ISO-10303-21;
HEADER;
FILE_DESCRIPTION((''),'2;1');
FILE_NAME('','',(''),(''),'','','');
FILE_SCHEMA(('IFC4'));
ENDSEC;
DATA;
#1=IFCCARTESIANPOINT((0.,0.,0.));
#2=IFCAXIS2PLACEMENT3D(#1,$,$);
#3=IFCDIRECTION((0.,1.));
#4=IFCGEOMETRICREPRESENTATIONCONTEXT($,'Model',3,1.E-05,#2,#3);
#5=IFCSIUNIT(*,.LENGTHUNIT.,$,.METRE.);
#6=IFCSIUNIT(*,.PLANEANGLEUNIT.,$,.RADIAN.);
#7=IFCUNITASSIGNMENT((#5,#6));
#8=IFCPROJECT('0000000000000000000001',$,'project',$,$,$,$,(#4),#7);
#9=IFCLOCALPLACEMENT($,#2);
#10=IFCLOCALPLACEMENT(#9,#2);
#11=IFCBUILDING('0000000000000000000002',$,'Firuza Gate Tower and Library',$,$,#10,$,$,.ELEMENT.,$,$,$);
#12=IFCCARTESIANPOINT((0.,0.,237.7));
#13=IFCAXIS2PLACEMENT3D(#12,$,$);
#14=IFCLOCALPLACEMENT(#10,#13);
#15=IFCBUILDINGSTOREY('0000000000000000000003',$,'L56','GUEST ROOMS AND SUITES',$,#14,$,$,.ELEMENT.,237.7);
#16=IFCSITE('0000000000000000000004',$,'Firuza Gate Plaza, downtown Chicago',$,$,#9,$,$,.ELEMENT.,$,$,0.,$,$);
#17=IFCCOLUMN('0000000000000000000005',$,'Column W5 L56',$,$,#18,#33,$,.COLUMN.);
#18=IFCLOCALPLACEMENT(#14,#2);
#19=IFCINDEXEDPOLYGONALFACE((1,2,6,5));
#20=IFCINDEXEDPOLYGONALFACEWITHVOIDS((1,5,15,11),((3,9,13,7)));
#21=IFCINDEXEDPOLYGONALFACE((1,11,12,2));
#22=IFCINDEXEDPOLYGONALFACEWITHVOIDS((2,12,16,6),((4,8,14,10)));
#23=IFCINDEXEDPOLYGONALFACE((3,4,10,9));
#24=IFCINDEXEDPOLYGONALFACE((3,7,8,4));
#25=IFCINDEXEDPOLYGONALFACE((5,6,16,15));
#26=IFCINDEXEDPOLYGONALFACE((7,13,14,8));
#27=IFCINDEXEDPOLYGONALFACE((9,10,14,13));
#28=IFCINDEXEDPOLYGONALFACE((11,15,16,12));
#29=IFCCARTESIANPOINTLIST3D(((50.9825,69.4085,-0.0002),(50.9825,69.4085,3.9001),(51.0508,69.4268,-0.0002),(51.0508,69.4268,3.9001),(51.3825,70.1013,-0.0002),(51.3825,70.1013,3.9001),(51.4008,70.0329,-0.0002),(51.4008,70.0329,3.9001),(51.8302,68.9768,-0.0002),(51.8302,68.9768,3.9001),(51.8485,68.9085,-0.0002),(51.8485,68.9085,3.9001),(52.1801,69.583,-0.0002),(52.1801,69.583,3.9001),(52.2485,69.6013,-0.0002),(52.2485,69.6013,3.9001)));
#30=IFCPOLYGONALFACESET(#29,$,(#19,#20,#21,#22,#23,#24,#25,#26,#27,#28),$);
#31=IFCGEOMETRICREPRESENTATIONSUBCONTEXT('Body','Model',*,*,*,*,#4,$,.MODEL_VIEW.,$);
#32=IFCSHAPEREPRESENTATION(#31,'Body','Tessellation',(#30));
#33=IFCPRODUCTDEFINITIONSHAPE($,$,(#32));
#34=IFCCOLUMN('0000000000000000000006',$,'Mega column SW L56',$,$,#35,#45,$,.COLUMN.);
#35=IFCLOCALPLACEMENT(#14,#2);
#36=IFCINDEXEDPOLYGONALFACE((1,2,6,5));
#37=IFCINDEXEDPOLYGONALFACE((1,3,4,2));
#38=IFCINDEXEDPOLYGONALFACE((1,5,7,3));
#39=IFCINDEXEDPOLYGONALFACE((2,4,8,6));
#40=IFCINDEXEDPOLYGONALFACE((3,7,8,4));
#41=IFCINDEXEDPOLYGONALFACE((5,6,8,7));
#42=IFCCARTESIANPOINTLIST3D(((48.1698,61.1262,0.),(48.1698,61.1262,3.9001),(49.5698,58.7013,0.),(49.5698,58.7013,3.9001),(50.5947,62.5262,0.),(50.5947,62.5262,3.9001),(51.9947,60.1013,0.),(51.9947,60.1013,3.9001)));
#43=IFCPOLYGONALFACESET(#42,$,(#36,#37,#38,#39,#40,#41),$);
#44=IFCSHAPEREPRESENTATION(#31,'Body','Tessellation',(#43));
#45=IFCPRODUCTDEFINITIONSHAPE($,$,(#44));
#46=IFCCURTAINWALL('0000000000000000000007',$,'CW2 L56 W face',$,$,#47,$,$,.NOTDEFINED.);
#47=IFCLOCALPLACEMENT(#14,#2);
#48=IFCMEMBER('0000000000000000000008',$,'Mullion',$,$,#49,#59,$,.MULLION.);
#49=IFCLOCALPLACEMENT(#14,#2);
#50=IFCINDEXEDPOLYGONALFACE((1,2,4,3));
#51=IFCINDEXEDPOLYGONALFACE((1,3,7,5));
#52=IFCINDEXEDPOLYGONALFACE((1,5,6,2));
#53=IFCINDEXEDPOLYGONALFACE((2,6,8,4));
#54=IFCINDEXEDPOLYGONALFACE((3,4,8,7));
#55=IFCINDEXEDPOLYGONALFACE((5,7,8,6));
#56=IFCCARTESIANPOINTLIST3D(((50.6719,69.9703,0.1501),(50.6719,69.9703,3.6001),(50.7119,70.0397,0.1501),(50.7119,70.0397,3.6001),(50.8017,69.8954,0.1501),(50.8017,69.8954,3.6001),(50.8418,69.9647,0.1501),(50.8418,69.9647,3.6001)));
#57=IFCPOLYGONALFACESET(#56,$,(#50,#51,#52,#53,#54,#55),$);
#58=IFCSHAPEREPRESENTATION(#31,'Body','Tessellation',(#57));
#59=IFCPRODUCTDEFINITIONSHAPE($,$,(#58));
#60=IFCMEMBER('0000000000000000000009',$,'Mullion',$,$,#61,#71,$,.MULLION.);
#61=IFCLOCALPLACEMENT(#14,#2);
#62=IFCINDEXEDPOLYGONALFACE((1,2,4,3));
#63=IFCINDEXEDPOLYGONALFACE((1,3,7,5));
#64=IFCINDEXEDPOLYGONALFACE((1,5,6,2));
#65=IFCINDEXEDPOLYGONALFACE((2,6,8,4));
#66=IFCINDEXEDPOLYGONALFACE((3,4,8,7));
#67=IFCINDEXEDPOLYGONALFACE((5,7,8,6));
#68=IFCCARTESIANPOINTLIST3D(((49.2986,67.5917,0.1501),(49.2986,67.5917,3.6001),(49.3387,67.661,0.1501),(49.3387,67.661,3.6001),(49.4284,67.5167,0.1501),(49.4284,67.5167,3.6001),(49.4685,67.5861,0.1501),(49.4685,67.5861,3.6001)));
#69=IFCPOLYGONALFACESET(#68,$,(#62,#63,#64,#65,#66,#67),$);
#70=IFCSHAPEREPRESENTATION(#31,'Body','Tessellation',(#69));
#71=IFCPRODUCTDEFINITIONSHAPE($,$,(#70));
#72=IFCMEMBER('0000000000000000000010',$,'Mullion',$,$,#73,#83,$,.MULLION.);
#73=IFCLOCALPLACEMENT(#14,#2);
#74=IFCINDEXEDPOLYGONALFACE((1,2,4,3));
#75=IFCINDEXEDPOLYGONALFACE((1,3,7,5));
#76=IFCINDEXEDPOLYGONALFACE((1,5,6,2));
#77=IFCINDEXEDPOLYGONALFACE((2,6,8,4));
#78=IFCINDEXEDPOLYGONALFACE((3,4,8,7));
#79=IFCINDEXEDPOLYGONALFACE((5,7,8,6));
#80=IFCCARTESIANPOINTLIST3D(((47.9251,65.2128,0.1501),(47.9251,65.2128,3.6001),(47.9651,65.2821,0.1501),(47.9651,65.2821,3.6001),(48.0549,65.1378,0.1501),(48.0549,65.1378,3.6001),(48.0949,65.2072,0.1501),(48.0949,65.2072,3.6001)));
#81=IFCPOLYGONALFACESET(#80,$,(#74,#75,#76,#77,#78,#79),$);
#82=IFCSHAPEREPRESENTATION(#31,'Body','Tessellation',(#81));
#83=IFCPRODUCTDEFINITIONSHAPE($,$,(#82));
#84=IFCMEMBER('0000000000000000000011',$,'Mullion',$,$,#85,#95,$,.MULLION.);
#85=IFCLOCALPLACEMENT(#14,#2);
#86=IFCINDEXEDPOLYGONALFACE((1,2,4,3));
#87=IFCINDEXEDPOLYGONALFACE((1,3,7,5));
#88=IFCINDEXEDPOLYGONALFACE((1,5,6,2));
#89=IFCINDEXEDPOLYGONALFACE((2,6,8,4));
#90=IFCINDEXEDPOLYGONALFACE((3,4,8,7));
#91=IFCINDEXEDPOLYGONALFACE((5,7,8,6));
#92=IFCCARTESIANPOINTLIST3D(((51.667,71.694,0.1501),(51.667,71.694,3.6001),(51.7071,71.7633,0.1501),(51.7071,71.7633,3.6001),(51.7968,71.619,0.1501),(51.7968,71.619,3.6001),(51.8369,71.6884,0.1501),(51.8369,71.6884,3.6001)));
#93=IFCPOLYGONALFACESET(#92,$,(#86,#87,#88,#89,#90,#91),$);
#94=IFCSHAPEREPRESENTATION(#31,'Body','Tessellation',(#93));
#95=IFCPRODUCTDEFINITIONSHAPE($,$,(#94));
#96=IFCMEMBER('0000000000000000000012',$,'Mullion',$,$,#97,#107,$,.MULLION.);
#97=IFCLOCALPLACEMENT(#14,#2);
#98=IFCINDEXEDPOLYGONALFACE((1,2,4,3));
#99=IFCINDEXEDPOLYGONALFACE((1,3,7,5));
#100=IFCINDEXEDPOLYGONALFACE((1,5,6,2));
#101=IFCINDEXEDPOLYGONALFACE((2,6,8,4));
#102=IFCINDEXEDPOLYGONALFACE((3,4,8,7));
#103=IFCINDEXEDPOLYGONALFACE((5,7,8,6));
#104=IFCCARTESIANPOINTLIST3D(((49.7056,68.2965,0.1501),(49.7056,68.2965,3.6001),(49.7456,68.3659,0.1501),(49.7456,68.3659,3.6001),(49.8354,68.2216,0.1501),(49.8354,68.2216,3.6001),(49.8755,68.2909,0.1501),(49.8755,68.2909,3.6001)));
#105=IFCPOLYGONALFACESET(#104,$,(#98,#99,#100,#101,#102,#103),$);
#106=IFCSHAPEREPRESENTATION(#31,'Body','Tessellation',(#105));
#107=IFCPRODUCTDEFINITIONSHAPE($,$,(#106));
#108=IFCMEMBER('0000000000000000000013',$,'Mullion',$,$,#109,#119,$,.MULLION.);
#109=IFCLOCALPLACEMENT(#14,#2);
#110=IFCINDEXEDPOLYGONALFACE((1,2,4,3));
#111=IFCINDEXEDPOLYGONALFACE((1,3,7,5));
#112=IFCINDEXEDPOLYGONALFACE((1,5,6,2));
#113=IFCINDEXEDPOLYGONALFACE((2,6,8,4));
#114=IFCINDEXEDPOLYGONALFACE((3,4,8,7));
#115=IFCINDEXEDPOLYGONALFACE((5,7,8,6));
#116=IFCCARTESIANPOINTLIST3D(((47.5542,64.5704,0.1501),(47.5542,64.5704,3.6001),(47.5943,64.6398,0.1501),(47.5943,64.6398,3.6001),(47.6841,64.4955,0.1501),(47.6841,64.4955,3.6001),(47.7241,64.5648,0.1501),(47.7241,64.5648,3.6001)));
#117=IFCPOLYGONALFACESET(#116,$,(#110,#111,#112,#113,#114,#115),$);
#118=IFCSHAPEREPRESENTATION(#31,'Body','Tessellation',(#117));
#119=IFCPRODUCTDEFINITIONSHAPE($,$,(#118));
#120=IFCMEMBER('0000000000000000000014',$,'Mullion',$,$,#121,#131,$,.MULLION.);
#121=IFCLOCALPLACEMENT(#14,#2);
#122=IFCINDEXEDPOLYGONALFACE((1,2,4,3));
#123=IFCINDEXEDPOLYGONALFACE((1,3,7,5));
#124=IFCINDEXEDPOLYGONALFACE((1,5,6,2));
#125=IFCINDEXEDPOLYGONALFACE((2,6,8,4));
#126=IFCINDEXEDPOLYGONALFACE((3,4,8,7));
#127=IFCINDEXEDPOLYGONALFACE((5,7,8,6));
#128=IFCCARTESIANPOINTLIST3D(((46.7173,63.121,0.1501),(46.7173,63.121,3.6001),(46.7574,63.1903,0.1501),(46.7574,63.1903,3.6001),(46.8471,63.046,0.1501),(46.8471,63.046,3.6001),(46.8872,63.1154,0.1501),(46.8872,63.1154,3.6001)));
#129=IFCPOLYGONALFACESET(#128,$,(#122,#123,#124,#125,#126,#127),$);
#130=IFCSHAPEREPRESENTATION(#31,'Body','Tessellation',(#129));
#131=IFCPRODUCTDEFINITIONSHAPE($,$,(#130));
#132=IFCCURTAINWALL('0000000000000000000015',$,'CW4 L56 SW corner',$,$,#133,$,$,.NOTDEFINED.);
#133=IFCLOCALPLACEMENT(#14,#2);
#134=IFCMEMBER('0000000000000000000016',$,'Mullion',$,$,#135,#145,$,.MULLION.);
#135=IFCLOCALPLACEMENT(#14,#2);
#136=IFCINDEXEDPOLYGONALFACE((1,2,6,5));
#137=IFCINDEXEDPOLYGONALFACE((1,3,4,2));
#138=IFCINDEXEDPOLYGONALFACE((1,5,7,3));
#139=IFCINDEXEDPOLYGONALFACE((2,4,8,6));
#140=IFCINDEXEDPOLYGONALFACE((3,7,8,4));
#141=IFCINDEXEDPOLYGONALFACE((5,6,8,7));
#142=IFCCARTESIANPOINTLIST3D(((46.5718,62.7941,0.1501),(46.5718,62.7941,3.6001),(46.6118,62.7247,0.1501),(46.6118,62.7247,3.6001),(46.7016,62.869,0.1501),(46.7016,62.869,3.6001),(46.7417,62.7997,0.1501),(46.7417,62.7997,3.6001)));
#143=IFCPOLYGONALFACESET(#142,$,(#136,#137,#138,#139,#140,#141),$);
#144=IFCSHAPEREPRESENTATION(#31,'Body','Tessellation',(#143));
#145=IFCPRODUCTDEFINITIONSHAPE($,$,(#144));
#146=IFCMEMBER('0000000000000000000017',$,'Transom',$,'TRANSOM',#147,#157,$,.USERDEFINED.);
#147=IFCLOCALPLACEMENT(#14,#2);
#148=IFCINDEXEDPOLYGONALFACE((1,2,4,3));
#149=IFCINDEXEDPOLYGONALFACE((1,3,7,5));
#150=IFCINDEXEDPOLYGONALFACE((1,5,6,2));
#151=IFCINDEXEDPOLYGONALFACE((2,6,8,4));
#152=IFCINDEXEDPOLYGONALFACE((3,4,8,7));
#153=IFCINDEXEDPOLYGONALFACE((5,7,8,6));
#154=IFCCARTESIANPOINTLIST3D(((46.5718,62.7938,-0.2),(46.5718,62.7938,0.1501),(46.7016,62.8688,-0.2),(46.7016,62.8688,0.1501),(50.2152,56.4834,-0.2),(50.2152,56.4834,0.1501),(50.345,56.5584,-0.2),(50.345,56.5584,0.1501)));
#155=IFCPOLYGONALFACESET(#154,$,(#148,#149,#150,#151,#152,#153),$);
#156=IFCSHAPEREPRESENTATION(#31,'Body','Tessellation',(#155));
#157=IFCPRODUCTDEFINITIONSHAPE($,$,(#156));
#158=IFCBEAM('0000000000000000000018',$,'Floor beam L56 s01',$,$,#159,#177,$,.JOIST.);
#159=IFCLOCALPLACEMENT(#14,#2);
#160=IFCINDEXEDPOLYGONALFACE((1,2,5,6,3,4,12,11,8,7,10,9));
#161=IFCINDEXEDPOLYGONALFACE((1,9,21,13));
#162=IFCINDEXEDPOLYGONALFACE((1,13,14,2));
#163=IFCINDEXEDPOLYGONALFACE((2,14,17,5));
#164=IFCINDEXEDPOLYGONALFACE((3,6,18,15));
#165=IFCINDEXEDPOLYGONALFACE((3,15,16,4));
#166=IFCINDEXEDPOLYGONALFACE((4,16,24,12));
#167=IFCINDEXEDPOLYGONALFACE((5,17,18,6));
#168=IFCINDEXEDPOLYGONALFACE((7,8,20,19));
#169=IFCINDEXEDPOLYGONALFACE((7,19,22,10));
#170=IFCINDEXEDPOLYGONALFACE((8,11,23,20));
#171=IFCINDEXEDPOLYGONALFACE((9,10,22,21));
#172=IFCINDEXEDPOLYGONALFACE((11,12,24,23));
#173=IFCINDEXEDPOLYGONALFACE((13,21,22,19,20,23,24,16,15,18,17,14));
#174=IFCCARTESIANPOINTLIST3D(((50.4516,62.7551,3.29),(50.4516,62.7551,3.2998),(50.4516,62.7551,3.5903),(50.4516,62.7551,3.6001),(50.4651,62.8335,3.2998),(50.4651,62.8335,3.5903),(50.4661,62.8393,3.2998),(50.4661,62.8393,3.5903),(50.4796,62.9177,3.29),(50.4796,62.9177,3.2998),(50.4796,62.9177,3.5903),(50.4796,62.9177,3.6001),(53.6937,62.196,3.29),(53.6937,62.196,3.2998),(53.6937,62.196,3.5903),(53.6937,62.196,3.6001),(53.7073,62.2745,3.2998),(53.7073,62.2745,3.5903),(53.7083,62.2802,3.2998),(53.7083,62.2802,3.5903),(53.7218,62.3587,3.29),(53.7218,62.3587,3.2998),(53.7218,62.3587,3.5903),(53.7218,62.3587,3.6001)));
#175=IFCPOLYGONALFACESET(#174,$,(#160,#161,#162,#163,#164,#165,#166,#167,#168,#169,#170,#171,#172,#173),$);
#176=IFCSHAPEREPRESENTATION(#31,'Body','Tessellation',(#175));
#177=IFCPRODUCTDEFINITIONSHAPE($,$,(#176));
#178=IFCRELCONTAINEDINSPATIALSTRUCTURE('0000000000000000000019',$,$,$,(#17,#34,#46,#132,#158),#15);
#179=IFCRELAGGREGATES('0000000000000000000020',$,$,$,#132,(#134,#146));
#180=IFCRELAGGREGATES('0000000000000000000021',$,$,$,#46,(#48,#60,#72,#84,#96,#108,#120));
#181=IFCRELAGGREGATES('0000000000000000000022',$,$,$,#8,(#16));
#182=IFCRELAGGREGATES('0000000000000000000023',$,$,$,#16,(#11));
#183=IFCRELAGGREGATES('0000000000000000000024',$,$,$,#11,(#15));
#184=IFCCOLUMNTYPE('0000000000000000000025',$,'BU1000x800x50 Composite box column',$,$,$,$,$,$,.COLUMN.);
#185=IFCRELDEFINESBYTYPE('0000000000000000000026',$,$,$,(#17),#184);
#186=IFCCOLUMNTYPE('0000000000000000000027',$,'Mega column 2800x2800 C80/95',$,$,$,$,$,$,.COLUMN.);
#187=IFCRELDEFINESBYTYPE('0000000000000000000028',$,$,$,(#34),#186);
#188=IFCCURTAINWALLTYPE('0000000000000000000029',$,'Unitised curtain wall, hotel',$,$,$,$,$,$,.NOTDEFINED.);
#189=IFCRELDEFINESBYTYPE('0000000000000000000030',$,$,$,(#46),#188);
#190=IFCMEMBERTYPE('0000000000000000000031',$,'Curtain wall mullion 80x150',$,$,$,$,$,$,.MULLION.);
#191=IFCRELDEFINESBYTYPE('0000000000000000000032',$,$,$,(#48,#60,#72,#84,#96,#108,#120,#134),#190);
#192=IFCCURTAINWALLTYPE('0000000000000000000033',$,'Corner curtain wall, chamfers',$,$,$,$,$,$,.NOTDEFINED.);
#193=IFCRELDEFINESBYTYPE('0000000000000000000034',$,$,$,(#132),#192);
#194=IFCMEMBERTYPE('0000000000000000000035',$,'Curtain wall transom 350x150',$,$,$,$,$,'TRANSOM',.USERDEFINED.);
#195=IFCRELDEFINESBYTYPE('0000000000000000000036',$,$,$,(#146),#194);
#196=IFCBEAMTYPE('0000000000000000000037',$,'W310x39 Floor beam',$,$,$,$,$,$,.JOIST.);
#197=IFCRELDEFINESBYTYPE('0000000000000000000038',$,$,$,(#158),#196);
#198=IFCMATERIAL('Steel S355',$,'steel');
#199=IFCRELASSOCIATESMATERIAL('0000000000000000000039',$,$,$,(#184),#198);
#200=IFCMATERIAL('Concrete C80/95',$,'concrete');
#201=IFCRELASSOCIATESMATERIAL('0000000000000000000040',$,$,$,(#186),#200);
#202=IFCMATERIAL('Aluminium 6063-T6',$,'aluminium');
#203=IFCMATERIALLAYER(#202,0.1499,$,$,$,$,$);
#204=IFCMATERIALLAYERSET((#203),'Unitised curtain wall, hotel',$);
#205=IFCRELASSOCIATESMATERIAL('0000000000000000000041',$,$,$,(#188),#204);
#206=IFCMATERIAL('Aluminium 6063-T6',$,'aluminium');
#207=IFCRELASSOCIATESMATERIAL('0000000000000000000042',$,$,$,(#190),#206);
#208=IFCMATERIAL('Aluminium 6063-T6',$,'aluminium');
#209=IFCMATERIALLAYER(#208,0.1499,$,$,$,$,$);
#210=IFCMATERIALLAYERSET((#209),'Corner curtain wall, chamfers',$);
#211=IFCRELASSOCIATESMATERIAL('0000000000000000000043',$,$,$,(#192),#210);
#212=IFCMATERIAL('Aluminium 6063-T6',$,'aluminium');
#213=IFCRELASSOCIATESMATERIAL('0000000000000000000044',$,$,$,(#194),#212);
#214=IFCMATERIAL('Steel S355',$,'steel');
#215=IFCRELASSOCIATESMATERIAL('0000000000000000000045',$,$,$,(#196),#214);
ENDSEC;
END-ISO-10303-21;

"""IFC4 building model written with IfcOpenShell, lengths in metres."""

from ifc_helpers import new_model, si_unit, direction, frame, origin, origin_2d, place, context, subcontext, project, spatial, rectangle, hollow_rectangle, i_section, extrude, material, layer, layer_set, material_profile, profile_set, type_object, element, aggregate, save


model = new_model("IFC4")

# Units and contexts
model_context = context("Model", 3, precision=1e-05, world=origin(), true_north=direction((0.0, 1.0)))
body_context = subcontext(model_context, "Body", "Model", "MODEL_VIEW")
ifc_project = project(units=[si_unit("LENGTHUNIT", "METRE"), si_unit("PLANEANGLEUNIT", "RADIAN")], contexts=[model_context])

# Site, building, storey
site_placement = place(None, origin())
site = spatial("IfcSite", under=ifc_project, at=site_placement, Name="Firuza Gate Plaza, downtown Chicago", CompositionType="ELEMENT", RefElevation=0.0)
building_placement = place(site_placement, origin())
building = spatial("IfcBuilding", under=site, at=building_placement, Name="Firuza Gate Tower and Library", CompositionType="ELEMENT")
storey_placement = place(building_placement, frame((0.0, 0.0, 237.7)))
storey = spatial("IfcBuildingStorey", under=building, at=storey_placement, Name="L56", Description="GUEST ROOMS AND SUITES", CompositionType="ELEMENT", Elevation=237.7)

# Columns
ifc_material_1 = material(Name="Steel S355", Category="steel")
ifc_material_profile_1 = material_profile(ifc_material_1, hollow_rectangle(XDim=0.8, YDim=1.0, WallThickness=0.05, at=origin_2d()))
ifc_profile_set_1 = profile_set([ifc_material_profile_1], Name="Steel S355")
column_type_1 = type_object("IfcColumnType", Name="BU1000x800x50 Composite box column", PredefinedType="COLUMN", material=ifc_profile_set_1)
column_1_placement = place(storey_placement, frame((51.6155, 69.5049, -0.0002), z_axis=(0.0, 0.0, 1.0), x_axis=(-0.5, -0.866025, 0.0)))
element("IfcColumn", 1, at=column_1_placement, inside=storey, type_object=column_type_1, Name="Column W5 L56", PredefinedType="COLUMN", context=body_context, shape_type="SweptSolid", body=[
    extrude(hollow_rectangle(XDim=0.8, YDim=1.0, WallThickness=0.05, at=origin_2d()), origin(), (0.0, 0.0, 1.0), 3.9004),
])
ifc_material_2 = material(Name="Concrete C80/95", Category="concrete")
ifc_material_profile_2 = material_profile(ifc_material_2, rectangle(XDim=2.8, YDim=2.8, at=origin_2d()))
ifc_profile_set_2 = profile_set([ifc_material_profile_2], Name="Concrete C80/95")
column_type_2 = type_object("IfcColumnType", Name="Mega column 2800x2800 C80/95", PredefinedType="COLUMN", material=ifc_profile_set_2)
column_2_placement = place(storey_placement, frame((50.0823, 60.6138, 0.0), z_axis=(0.0, 0.0, 1.0), x_axis=(0.5, -0.866025, 0.0)))
element("IfcColumn", 2, at=column_2_placement, inside=storey, type_object=column_type_2, Name="Mega column SW L56", PredefinedType="COLUMN", context=body_context, shape_type="SweptSolid", body=[
    extrude(rectangle(XDim=2.8, YDim=2.8, at=origin_2d()), origin(), (0.0, 0.0, 1.0), 3.9001),
])

# Curtain walls, members
ifc_material_3 = material(Name="Aluminium 6063-T6", Category="aluminium")
ifc_layer_1 = layer(ifc_material_3, 0.1499)
ifc_layer_set_1 = layer_set([ifc_layer_1], Name="Unitised curtain wall, hotel")
curtain_wall_type_1 = type_object("IfcCurtainWallType", Name="Unitised curtain wall, hotel", PredefinedType="NOTDEFINED", material=ifc_layer_set_1)
placement = place(storey_placement, origin())
curtain_wall_1 = element("IfcCurtainWall", 3, at=placement, inside=storey, type_object=curtain_wall_type_1, Name="CW2 L56 W face", PredefinedType="NOTDEFINED")
ifc_material_4 = material(Name="Aluminium 6063-T6", Category="aluminium")
ifc_material_profile_3 = material_profile(ifc_material_4, rectangle(XDim=0.1499, YDim=0.0801, at=origin_2d()))
ifc_profile_set_3 = profile_set([ifc_material_profile_3], Name="Aluminium 6063-T6")
member_type_1 = type_object("IfcMemberType", Name="Curtain wall mullion 80x150", PredefinedType="MULLION", material=ifc_profile_set_3)
member_1_placement = place(storey_placement, frame((50.7568, 69.9675, 0.1501), z_axis=(0.0, 0.0, 1.0), x_axis=(0.866025, -0.5, 0.0)))
member_1 = element("IfcMember", 4, at=member_1_placement, type_object=member_type_1, Name="Mullion", PredefinedType="MULLION", context=body_context, shape_type="SweptSolid", body=[
    extrude(rectangle(XDim=0.1499, YDim=0.0801, at=origin_2d()), origin(), (0.0, 0.0, 1.0), 3.45),
])
member_2_placement = place(storey_placement, frame((49.3835, 67.5889, 0.1501), z_axis=(0.0, 0.0, 1.0), x_axis=(0.866025, -0.5, 0.0)))
member_2 = element("IfcMember", 5, at=member_2_placement, type_object=member_type_1, Name="Mullion", PredefinedType="MULLION", context=body_context, shape_type="SweptSolid", body=[
    extrude(rectangle(XDim=0.1499, YDim=0.0801, at=origin_2d()), origin(), (0.0, 0.0, 1.0), 3.45),
])
member_3_placement = place(storey_placement, frame((48.01, 65.21, 0.1501), z_axis=(0.0, 0.0, 1.0), x_axis=(0.866025, -0.5, 0.0)))
member_3 = element("IfcMember", 6, at=member_3_placement, type_object=member_type_1, Name="Mullion", PredefinedType="MULLION", context=body_context, shape_type="SweptSolid", body=[
    extrude(rectangle(XDim=0.1499, YDim=0.0801, at=origin_2d()), origin(), (0.0, 0.0, 1.0), 3.45),
])
member_4_placement = place(storey_placement, frame((51.752, 71.6912, 0.1501), z_axis=(0.0, 0.0, 1.0), x_axis=(0.866025, -0.5, 0.0)))
member_4 = element("IfcMember", 7, at=member_4_placement, type_object=member_type_1, Name="Mullion", PredefinedType="MULLION", context=body_context, shape_type="SweptSolid", body=[
    extrude(rectangle(XDim=0.1499, YDim=0.0801, at=origin_2d()), origin(), (0.0, 0.0, 1.0), 3.45),
])
member_5_placement = place(storey_placement, frame((49.7905, 68.2937, 0.1501), z_axis=(0.0, 0.0, 1.0), x_axis=(0.866025, -0.5, 0.0)))
member_5 = element("IfcMember", 8, at=member_5_placement, type_object=member_type_1, Name="Mullion", PredefinedType="MULLION", context=body_context, shape_type="SweptSolid", body=[
    extrude(rectangle(XDim=0.1499, YDim=0.0801, at=origin_2d()), origin(), (0.0, 0.0, 1.0), 3.45),
])
member_6_placement = place(storey_placement, frame((47.6392, 64.5676, 0.1501), z_axis=(0.0, 0.0, 1.0), x_axis=(0.866025, -0.5, 0.0)))
member_6 = element("IfcMember", 9, at=member_6_placement, type_object=member_type_1, Name="Mullion", PredefinedType="MULLION", context=body_context, shape_type="SweptSolid", body=[
    extrude(rectangle(XDim=0.1499, YDim=0.0801, at=origin_2d()), origin(), (0.0, 0.0, 1.0), 3.45),
])
member_7_placement = place(storey_placement, frame((46.8022, 63.1182, 0.1501), z_axis=(0.0, 0.0, 1.0), x_axis=(0.866025, -0.5, 0.0)))
member_7 = element("IfcMember", 10, at=member_7_placement, type_object=member_type_1, Name="Mullion", PredefinedType="MULLION", context=body_context, shape_type="SweptSolid", body=[
    extrude(rectangle(XDim=0.1499, YDim=0.0801, at=origin_2d()), origin(), (0.0, 0.0, 1.0), 3.45),
])
ifc_material_5 = material(Name="Aluminium 6063-T6", Category="aluminium")
ifc_layer_2 = layer(ifc_material_5, 0.1499)
ifc_layer_set_2 = layer_set([ifc_layer_2], Name="Corner curtain wall, chamfers")
curtain_wall_type_2 = type_object("IfcCurtainWallType", Name="Corner curtain wall, chamfers", PredefinedType="NOTDEFINED", material=ifc_layer_set_2)
curtain_wall_2 = element("IfcCurtainWall", 11, at=placement, inside=storey, type_object=curtain_wall_type_2, Name="CW4 L56 SW corner", PredefinedType="NOTDEFINED")
member_8_placement = place(storey_placement, frame((46.6567, 62.7969, 0.1501), z_axis=(0.0, 0.0, 1.0), x_axis=(0.866025, 0.5, 0.0)))
member_8 = element("IfcMember", 12, at=member_8_placement, type_object=member_type_1, Name="Mullion", PredefinedType="MULLION", context=body_context, shape_type="SweptSolid", body=[
    extrude(rectangle(XDim=0.1499, YDim=0.0801, at=origin_2d()), origin(), (0.0, 0.0, 1.0), 3.45),
])
ifc_material_6 = material(Name="Aluminium 6063-T6", Category="aluminium")
ifc_material_profile_4 = material_profile(ifc_material_6, rectangle(XDim=0.1499, YDim=0.3501, at=origin_2d()))
ifc_profile_set_4 = profile_set([ifc_material_profile_4], Name="Aluminium 6063-T6")
member_type_2 = type_object("IfcMemberType", Name="Curtain wall transom 350x150", ElementType="TRANSOM", PredefinedType="USERDEFINED", material=ifc_profile_set_4)
member_9_placement = place(storey_placement, frame((46.6367, 62.8313, -0.0249), z_axis=(0.500006, -0.866022, 0.0), x_axis=(0.866022, 0.500006, 0.0)))
member_9 = element("IfcMember", 13, at=member_9_placement, type_object=member_type_2, Name="Transom", ObjectType="TRANSOM", PredefinedType="USERDEFINED", context=body_context, shape_type="SweptSolid", body=[
    extrude(rectangle(XDim=0.1499, YDim=0.3501, at=origin_2d()), origin(), (0.0, 0.0, 1.0), 7.2866),
])

# Beam
ifc_material_7 = material(Name="Steel S355", Category="steel")
ifc_material_profile_5 = material_profile(ifc_material_7, i_section(OverallWidth=0.165, OverallDepth=0.3101, WebThickness=0.0059, FlangeThickness=0.0098, at=origin_2d()))
ifc_profile_set_5 = profile_set([ifc_material_profile_5], Name="Steel S355")
beam_type_1 = type_object("IfcBeamType", Name="W310x39 Floor beam", PredefinedType="JOIST", material=ifc_profile_set_5)
beam_1_placement = place(storey_placement, frame((50.4656, 62.8364, 3.4451), z_axis=(0.985456, -0.169932, 0.0), x_axis=(0.169932, 0.985456, 0.0)))
element("IfcBeam", 14, at=beam_1_placement, inside=storey, type_object=beam_type_1, Name="Floor beam L56 s01", PredefinedType="JOIST", context=body_context, shape_type="SweptSolid", body=[
    extrude(i_section(OverallWidth=0.165, OverallDepth=0.3101, WebThickness=0.0059, FlangeThickness=0.0098, at=origin_2d()), origin(), (0.0, 0.0, 1.0), 3.29),
])

aggregate(curtain_wall_2, [member_8, member_9])
aggregate(curtain_wall_1, [member_1, member_2, member_3, member_4, member_5, member_6, member_7])

save(model, "model.ifc")
